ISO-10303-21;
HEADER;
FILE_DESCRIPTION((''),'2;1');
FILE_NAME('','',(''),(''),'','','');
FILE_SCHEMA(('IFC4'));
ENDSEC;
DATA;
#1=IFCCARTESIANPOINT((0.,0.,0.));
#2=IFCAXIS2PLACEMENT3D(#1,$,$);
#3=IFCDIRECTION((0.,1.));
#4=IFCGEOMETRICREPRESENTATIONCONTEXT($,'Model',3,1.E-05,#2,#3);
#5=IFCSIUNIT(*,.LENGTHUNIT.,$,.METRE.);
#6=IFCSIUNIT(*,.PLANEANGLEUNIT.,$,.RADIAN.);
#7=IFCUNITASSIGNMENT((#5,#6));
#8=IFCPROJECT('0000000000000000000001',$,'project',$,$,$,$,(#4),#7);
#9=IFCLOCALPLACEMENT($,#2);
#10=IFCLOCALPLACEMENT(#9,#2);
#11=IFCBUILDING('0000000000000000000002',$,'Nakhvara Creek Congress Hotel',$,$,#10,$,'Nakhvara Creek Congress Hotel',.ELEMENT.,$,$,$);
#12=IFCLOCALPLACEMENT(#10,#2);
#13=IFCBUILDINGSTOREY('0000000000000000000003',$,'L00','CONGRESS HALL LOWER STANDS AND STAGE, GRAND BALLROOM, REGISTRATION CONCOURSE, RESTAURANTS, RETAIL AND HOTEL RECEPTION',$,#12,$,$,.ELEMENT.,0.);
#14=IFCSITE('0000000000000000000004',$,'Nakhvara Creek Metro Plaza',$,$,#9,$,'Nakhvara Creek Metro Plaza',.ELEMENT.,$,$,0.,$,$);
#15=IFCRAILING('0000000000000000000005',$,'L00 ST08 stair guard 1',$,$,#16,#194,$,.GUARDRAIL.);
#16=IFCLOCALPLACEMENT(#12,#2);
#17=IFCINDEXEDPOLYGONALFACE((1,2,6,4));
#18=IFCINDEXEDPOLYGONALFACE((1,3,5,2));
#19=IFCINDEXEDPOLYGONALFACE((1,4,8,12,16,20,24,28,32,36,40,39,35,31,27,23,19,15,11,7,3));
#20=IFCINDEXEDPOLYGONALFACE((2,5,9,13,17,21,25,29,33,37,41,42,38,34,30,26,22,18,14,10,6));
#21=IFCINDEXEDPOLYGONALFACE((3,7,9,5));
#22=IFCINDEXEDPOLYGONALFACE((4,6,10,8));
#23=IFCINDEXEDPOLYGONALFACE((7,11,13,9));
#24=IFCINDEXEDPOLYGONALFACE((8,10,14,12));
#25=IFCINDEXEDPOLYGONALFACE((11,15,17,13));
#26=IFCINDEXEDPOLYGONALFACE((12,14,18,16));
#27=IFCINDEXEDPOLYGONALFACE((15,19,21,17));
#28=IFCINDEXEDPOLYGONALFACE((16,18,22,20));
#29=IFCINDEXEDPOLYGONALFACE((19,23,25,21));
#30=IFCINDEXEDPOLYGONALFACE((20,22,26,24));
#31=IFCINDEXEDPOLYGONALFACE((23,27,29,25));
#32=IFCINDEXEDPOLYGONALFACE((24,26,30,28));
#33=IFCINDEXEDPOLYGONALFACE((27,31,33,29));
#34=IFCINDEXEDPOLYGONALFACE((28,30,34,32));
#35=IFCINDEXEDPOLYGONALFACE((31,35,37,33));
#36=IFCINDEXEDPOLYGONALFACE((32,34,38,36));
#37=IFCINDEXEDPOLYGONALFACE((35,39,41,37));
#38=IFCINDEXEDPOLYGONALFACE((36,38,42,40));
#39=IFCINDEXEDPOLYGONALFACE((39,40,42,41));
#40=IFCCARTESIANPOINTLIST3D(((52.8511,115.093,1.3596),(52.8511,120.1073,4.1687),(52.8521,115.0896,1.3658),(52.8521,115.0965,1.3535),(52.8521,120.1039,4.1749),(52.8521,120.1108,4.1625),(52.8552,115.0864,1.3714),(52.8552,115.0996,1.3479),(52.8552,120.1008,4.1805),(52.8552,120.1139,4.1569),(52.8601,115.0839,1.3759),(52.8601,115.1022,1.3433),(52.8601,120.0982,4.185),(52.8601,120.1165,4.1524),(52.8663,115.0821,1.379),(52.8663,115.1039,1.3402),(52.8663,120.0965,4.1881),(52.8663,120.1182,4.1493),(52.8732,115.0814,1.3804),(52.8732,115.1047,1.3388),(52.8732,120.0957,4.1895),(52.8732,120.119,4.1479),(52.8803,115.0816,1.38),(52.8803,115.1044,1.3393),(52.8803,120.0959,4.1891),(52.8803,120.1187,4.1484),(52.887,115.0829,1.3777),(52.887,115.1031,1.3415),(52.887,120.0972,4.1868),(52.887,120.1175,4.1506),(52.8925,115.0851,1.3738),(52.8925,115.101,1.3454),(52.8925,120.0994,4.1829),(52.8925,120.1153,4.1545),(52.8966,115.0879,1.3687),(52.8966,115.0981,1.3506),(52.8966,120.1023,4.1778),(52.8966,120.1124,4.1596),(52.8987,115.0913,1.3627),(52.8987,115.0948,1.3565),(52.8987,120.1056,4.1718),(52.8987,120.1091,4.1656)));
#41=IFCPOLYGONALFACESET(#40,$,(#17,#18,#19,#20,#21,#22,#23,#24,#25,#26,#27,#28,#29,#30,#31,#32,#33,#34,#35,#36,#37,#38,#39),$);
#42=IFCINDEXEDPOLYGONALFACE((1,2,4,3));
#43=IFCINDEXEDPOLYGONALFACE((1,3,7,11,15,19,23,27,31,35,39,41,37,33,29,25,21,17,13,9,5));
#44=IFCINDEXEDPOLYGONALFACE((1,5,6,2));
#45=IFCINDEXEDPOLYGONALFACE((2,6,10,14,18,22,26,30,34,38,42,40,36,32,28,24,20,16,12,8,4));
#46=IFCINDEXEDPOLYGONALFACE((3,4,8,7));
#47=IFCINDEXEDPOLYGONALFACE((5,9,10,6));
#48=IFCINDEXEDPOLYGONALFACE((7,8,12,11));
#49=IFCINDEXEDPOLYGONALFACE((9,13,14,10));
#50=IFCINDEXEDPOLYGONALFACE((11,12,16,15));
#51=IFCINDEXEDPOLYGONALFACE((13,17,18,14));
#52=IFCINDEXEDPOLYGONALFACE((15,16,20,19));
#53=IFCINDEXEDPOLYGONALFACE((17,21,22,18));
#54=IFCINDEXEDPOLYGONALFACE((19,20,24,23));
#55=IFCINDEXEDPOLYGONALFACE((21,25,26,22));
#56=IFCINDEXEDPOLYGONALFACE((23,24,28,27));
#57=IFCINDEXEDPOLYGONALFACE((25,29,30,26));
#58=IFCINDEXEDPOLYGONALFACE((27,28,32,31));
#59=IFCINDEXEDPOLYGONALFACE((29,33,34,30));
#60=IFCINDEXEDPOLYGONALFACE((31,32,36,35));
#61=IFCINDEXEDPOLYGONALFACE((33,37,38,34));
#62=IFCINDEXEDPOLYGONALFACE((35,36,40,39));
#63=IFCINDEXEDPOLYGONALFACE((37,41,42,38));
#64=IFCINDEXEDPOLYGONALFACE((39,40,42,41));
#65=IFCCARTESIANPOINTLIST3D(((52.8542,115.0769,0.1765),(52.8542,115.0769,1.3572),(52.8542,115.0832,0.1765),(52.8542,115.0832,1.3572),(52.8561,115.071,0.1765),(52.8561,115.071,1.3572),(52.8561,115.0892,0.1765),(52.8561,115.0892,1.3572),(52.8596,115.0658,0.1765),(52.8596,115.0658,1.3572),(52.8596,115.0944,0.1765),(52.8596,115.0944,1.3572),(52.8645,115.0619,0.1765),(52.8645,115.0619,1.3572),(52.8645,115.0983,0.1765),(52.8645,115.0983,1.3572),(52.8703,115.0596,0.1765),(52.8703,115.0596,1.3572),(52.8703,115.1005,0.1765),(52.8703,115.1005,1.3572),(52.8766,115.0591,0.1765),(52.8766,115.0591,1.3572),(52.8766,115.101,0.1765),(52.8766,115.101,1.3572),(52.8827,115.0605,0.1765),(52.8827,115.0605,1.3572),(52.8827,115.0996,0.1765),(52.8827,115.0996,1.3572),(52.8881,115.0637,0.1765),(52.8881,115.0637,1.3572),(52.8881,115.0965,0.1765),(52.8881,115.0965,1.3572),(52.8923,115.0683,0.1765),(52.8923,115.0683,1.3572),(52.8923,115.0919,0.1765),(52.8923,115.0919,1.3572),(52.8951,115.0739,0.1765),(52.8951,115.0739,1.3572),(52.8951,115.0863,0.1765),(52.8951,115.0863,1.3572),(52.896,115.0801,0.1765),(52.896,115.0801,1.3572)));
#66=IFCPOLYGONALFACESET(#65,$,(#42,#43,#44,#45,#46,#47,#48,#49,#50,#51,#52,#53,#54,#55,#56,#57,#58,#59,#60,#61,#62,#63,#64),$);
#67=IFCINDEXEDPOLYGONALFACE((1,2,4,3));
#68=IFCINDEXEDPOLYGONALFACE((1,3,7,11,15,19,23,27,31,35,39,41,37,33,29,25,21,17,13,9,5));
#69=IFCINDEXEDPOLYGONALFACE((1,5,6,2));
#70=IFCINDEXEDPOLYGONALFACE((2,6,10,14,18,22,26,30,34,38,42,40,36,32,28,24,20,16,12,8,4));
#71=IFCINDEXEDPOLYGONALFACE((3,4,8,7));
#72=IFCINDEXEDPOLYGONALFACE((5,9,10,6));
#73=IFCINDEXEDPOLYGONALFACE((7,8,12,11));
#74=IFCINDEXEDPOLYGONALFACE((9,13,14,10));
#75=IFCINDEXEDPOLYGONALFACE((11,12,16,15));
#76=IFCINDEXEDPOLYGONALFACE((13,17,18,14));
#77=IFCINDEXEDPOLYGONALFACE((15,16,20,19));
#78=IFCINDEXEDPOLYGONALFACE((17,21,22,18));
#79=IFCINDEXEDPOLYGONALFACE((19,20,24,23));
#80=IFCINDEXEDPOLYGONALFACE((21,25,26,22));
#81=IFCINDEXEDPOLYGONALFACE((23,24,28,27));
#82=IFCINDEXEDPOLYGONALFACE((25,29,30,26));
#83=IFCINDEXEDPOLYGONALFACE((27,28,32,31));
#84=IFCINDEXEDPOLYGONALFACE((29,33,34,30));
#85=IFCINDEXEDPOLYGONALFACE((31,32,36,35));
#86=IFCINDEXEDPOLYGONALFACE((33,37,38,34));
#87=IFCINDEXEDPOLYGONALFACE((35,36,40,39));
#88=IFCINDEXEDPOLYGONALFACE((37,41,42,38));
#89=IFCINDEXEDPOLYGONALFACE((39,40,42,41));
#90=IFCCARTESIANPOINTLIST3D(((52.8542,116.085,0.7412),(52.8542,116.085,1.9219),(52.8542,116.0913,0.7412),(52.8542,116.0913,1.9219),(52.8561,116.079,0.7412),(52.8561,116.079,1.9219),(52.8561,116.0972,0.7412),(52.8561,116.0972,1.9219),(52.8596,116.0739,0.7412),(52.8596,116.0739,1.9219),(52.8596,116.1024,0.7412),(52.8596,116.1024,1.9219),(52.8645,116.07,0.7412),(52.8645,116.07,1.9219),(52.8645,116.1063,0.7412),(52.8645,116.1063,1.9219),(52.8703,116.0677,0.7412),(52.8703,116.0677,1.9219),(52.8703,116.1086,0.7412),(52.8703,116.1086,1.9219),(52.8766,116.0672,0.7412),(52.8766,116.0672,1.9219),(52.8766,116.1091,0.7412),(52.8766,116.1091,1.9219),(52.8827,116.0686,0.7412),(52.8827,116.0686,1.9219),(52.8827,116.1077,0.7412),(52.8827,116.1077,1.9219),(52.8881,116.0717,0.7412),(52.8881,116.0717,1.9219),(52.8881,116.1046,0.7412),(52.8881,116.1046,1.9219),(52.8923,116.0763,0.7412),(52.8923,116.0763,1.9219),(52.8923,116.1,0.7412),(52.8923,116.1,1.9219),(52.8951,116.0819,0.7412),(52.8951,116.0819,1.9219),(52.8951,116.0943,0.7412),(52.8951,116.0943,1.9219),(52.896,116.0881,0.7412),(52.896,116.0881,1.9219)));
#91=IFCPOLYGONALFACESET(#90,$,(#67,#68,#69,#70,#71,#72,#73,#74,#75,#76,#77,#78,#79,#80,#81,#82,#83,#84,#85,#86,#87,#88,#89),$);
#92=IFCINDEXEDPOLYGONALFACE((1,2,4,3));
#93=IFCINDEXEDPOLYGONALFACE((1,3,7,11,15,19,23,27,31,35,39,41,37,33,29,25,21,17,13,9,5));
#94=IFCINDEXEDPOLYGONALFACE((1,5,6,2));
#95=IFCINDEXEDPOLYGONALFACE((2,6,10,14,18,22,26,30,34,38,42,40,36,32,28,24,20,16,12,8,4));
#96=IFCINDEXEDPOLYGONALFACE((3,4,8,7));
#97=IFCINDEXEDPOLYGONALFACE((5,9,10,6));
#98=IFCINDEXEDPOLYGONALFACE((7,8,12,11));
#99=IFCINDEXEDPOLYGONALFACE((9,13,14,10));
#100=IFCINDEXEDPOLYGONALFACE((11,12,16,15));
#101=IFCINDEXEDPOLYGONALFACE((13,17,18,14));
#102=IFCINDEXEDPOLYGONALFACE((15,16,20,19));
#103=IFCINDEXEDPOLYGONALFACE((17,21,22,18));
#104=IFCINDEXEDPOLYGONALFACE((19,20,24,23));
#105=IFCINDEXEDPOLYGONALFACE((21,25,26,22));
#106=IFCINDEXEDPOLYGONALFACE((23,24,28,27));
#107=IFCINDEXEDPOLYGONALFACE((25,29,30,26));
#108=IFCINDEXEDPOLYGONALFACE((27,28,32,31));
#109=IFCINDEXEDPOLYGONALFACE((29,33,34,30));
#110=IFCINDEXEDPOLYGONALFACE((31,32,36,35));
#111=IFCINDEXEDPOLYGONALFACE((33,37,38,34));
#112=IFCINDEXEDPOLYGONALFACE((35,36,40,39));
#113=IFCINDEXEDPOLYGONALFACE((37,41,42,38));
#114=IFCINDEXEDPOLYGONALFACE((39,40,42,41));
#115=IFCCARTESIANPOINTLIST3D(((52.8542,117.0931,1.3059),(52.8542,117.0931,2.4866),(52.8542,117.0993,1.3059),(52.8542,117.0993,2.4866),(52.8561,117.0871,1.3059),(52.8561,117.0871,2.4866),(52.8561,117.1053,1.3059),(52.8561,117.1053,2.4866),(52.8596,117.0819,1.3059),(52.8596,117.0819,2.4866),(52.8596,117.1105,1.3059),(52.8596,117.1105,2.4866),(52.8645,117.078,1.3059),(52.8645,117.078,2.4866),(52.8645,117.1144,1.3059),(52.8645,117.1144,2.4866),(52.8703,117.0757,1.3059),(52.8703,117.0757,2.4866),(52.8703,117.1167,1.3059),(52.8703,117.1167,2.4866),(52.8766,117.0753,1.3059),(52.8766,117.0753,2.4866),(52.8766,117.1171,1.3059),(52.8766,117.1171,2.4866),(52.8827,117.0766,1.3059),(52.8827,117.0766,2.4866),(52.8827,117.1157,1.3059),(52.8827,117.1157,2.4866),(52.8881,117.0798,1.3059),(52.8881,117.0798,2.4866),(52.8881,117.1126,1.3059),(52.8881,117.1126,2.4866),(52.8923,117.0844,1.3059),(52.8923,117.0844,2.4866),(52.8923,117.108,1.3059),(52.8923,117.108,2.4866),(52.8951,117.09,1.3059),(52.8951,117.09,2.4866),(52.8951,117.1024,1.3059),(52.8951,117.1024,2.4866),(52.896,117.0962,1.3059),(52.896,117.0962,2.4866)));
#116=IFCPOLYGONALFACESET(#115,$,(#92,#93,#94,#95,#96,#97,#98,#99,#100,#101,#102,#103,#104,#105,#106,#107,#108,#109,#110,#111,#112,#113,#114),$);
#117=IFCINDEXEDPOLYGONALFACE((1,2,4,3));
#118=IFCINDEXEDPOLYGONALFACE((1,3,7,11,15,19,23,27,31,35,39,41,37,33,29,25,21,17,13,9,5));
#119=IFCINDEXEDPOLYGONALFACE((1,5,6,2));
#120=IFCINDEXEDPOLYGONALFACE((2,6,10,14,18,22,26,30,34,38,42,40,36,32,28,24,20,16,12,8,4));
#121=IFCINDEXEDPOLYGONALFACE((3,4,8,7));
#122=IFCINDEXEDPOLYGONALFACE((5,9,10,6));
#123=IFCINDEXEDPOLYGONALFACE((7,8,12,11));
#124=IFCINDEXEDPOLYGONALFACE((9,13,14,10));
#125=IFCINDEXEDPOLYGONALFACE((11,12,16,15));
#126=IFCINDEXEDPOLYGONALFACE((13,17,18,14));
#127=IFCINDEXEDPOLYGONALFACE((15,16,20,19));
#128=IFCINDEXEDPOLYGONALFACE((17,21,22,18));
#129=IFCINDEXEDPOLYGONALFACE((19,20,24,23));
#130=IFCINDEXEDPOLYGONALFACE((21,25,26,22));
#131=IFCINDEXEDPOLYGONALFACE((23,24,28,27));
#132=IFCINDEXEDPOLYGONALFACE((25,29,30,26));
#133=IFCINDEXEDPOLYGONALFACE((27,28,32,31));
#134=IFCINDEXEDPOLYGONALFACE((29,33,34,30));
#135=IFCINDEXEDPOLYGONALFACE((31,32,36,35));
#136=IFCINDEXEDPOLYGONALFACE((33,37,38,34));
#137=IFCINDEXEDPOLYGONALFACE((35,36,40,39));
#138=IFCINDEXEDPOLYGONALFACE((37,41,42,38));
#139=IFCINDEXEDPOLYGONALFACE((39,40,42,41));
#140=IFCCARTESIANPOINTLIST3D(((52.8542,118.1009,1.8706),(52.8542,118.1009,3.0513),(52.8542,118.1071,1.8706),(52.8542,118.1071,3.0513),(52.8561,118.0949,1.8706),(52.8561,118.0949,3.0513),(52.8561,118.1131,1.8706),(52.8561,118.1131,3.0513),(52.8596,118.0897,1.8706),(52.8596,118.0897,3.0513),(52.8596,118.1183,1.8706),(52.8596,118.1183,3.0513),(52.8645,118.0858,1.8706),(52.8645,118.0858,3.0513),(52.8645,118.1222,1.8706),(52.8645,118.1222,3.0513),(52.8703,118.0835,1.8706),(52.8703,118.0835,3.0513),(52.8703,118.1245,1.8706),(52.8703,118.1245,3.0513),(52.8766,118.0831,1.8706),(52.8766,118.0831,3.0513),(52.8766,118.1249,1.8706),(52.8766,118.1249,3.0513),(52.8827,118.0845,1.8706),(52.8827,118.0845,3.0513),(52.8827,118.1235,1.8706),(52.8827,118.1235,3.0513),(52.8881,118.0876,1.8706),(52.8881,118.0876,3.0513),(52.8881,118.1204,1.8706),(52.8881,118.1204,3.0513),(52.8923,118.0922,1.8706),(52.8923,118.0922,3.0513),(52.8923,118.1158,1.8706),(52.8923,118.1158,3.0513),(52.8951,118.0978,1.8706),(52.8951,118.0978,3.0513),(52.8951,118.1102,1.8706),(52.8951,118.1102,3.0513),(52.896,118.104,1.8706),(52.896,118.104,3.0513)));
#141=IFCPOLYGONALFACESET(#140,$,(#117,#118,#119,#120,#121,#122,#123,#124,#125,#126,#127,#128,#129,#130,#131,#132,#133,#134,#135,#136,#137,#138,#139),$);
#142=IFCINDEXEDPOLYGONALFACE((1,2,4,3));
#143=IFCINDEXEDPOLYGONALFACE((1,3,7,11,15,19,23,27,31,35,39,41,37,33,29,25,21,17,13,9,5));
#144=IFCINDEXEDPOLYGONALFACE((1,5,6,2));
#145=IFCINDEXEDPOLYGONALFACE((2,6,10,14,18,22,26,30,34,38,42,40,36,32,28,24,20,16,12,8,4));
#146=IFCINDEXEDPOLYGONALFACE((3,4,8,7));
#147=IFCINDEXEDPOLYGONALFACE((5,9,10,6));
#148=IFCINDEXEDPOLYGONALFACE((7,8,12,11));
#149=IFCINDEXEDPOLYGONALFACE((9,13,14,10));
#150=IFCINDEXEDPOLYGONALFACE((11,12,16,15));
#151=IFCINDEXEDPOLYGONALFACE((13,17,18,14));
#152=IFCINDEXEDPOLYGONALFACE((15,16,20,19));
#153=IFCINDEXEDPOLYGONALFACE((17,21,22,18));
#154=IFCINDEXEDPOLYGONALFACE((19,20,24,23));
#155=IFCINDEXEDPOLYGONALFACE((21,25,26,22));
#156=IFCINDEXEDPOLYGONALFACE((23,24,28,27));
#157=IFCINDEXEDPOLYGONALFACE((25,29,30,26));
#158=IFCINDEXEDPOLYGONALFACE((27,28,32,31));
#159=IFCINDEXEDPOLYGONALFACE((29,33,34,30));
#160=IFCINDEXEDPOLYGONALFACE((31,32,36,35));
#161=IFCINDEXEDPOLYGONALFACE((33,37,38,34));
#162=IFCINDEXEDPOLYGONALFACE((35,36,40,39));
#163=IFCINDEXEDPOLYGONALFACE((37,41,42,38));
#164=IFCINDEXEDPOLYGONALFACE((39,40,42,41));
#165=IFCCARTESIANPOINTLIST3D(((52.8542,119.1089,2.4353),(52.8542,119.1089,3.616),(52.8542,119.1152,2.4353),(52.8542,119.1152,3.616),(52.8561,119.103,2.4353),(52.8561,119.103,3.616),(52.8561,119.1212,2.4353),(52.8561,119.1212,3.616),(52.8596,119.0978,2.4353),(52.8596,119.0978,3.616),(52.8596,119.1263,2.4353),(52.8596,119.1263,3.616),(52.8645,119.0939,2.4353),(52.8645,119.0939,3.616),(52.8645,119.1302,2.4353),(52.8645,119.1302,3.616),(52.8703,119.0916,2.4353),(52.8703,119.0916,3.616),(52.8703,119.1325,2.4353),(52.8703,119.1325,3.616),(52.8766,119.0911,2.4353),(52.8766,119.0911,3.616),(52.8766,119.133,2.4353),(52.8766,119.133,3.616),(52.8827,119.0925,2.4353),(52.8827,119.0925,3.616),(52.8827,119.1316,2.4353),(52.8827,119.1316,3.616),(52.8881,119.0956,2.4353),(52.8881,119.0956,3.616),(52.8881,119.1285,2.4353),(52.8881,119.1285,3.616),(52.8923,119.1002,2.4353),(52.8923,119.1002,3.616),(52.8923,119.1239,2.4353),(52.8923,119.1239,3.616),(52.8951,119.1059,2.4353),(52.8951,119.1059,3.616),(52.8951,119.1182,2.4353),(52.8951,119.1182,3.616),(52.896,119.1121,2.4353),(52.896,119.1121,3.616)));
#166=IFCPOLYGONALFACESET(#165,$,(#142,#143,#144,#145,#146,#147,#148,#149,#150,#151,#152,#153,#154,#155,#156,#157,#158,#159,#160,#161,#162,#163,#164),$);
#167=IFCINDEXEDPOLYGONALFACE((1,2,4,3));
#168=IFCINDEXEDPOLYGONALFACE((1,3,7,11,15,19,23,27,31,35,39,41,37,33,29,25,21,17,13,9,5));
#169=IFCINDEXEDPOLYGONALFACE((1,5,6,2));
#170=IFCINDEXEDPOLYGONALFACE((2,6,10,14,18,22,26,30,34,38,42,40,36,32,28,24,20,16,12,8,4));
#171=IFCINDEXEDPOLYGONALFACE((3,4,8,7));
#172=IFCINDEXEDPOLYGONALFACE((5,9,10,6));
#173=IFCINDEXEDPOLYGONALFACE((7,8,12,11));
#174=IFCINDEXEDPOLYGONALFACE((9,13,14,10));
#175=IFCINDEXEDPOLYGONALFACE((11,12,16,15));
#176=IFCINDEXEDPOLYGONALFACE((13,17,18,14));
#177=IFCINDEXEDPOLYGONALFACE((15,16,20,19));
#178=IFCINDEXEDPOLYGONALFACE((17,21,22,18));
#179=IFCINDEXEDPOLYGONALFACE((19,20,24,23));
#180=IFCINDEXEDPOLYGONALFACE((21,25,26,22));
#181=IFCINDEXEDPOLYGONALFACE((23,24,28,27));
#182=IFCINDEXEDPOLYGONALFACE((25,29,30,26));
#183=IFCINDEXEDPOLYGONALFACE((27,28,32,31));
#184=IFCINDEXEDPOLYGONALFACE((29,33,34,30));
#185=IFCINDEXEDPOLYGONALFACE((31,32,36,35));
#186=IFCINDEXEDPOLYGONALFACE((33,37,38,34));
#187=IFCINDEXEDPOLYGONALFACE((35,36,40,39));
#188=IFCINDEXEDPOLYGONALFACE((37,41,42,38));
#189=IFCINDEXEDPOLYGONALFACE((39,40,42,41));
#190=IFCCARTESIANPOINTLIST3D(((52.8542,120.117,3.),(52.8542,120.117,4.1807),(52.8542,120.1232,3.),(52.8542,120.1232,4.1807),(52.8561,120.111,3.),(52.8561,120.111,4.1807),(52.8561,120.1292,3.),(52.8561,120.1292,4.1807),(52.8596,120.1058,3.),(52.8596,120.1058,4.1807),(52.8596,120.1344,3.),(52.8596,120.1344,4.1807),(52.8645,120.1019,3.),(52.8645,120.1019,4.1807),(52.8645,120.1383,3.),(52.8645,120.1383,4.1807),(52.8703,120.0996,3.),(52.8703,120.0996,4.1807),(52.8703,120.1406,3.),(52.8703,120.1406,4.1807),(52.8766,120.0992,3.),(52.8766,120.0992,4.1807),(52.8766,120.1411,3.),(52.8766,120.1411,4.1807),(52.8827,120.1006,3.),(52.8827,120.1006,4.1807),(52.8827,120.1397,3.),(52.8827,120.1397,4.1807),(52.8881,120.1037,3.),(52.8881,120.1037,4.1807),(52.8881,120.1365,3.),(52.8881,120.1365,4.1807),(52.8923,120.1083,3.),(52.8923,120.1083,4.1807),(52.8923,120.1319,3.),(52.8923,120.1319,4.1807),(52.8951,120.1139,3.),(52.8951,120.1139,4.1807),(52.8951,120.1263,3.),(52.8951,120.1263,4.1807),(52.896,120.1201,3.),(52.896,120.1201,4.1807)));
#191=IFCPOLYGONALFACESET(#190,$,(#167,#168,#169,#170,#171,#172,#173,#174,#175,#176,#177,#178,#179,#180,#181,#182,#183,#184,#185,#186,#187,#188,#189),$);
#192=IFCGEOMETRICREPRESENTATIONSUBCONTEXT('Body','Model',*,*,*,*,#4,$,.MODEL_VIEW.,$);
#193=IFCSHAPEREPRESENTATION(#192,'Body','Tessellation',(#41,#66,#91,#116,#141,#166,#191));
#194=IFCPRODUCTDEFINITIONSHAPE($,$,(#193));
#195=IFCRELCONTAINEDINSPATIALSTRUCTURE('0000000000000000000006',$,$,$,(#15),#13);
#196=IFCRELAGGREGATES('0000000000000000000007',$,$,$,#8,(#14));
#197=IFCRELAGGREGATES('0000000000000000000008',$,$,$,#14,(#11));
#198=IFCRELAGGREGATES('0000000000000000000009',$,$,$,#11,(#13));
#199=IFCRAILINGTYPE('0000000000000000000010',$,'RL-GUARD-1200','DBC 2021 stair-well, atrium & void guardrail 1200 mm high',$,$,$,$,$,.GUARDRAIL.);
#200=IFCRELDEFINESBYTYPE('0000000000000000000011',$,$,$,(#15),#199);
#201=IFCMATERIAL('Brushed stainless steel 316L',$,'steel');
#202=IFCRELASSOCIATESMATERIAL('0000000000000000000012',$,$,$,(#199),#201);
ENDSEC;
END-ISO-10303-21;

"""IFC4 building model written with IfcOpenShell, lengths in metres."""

from ifc_helpers import new_model, si_unit, direction, frame, origin, origin_2d, place, context, subcontext, project, spatial, circle, extrude, material, type_object, element, save


model = new_model("IFC4")

# Units and contexts
model_context = context("Model", 3, precision=1e-05, world=origin(), true_north=direction((0.0, 1.0)))
body_context = subcontext(model_context, "Body", "Model", "MODEL_VIEW")
ifc_project = project(units=[si_unit("LENGTHUNIT", "METRE"), si_unit("PLANEANGLEUNIT", "RADIAN")], contexts=[model_context])

# Site, building, storey
site_placement = place(None, origin())
site = spatial("IfcSite", under=ifc_project, at=site_placement, Name="Nakhvara Creek Metro Plaza", LongName="Nakhvara Creek Metro Plaza", CompositionType="ELEMENT", RefElevation=0.0)
building_placement = place(site_placement, origin())
building = spatial("IfcBuilding", under=site, at=building_placement, Name="Nakhvara Creek Congress Hotel", LongName="Nakhvara Creek Congress Hotel", CompositionType="ELEMENT")
storey_placement = place(building_placement, origin())
storey = spatial("IfcBuildingStorey", under=building, at=storey_placement, Name="L00", Description="CONGRESS HALL LOWER STANDS AND STAGE, GRAND BALLROOM, REGISTRATION CONCOURSE, RESTAURANTS, RETAIL AND HOTEL RECEPTION", CompositionType="ELEMENT", Elevation=0.0)

# Railing
ifc_material_1 = material(Name="Brushed stainless steel 316L", Category="steel")
railing_type_1 = type_object("IfcRailingType", Name="RL-GUARD-1200", Description="DBC 2021 stair-well, atrium & void guardrail 1200 mm high", PredefinedType="GUARDRAIL", material=ifc_material_1)
railing_1_placement = place(storey_placement, frame((52.875, 115.0801, 0.1765)))
element("IfcRailing", 1, at=railing_1_placement, inside=storey, type_object=railing_type_1, Name="L00 ST08 stair guard 1", PredefinedType="GUARDRAIL", context=body_context, shape_type="SweptSolid", body=[
    extrude(circle(Radius=0.0239, at=origin_2d()), frame((0.0, 0.0129, 1.1831), z_axis=(0.0, 0.872427, 0.488744), x_axis=(-1.0, 0.0, 0.0)), (0.0, 0.0, 1.0), 5.7476),
    extrude(circle(Radius=0.021, at=origin_2d()), origin(), (0.0, 0.0, 1.0), 1.1807),
    extrude(circle(Radius=0.021, at=origin_2d()), frame((0.0, 1.0081, 0.5647)), (0.0, 0.0, 1.0), 1.1807),
    extrude(circle(Radius=0.021, at=origin_2d()), frame((0.0, 2.0161, 1.1294)), (0.0, 0.0, 1.0), 1.1807),
    extrude(circle(Radius=0.021, at=origin_2d()), frame((0.0, 3.0239, 1.6941)), (0.0, 0.0, 1.0), 1.1807),
    extrude(circle(Radius=0.021, at=origin_2d()), frame((0.0, 4.032, 2.2588)), (0.0, 0.0, 1.0), 1.1807),
    extrude(circle(Radius=0.021, at=origin_2d()), frame((0.0, 5.04, 2.8235)), (0.0, 0.0, 1.0), 1.1807),
])

save(model, "model.ifc")
